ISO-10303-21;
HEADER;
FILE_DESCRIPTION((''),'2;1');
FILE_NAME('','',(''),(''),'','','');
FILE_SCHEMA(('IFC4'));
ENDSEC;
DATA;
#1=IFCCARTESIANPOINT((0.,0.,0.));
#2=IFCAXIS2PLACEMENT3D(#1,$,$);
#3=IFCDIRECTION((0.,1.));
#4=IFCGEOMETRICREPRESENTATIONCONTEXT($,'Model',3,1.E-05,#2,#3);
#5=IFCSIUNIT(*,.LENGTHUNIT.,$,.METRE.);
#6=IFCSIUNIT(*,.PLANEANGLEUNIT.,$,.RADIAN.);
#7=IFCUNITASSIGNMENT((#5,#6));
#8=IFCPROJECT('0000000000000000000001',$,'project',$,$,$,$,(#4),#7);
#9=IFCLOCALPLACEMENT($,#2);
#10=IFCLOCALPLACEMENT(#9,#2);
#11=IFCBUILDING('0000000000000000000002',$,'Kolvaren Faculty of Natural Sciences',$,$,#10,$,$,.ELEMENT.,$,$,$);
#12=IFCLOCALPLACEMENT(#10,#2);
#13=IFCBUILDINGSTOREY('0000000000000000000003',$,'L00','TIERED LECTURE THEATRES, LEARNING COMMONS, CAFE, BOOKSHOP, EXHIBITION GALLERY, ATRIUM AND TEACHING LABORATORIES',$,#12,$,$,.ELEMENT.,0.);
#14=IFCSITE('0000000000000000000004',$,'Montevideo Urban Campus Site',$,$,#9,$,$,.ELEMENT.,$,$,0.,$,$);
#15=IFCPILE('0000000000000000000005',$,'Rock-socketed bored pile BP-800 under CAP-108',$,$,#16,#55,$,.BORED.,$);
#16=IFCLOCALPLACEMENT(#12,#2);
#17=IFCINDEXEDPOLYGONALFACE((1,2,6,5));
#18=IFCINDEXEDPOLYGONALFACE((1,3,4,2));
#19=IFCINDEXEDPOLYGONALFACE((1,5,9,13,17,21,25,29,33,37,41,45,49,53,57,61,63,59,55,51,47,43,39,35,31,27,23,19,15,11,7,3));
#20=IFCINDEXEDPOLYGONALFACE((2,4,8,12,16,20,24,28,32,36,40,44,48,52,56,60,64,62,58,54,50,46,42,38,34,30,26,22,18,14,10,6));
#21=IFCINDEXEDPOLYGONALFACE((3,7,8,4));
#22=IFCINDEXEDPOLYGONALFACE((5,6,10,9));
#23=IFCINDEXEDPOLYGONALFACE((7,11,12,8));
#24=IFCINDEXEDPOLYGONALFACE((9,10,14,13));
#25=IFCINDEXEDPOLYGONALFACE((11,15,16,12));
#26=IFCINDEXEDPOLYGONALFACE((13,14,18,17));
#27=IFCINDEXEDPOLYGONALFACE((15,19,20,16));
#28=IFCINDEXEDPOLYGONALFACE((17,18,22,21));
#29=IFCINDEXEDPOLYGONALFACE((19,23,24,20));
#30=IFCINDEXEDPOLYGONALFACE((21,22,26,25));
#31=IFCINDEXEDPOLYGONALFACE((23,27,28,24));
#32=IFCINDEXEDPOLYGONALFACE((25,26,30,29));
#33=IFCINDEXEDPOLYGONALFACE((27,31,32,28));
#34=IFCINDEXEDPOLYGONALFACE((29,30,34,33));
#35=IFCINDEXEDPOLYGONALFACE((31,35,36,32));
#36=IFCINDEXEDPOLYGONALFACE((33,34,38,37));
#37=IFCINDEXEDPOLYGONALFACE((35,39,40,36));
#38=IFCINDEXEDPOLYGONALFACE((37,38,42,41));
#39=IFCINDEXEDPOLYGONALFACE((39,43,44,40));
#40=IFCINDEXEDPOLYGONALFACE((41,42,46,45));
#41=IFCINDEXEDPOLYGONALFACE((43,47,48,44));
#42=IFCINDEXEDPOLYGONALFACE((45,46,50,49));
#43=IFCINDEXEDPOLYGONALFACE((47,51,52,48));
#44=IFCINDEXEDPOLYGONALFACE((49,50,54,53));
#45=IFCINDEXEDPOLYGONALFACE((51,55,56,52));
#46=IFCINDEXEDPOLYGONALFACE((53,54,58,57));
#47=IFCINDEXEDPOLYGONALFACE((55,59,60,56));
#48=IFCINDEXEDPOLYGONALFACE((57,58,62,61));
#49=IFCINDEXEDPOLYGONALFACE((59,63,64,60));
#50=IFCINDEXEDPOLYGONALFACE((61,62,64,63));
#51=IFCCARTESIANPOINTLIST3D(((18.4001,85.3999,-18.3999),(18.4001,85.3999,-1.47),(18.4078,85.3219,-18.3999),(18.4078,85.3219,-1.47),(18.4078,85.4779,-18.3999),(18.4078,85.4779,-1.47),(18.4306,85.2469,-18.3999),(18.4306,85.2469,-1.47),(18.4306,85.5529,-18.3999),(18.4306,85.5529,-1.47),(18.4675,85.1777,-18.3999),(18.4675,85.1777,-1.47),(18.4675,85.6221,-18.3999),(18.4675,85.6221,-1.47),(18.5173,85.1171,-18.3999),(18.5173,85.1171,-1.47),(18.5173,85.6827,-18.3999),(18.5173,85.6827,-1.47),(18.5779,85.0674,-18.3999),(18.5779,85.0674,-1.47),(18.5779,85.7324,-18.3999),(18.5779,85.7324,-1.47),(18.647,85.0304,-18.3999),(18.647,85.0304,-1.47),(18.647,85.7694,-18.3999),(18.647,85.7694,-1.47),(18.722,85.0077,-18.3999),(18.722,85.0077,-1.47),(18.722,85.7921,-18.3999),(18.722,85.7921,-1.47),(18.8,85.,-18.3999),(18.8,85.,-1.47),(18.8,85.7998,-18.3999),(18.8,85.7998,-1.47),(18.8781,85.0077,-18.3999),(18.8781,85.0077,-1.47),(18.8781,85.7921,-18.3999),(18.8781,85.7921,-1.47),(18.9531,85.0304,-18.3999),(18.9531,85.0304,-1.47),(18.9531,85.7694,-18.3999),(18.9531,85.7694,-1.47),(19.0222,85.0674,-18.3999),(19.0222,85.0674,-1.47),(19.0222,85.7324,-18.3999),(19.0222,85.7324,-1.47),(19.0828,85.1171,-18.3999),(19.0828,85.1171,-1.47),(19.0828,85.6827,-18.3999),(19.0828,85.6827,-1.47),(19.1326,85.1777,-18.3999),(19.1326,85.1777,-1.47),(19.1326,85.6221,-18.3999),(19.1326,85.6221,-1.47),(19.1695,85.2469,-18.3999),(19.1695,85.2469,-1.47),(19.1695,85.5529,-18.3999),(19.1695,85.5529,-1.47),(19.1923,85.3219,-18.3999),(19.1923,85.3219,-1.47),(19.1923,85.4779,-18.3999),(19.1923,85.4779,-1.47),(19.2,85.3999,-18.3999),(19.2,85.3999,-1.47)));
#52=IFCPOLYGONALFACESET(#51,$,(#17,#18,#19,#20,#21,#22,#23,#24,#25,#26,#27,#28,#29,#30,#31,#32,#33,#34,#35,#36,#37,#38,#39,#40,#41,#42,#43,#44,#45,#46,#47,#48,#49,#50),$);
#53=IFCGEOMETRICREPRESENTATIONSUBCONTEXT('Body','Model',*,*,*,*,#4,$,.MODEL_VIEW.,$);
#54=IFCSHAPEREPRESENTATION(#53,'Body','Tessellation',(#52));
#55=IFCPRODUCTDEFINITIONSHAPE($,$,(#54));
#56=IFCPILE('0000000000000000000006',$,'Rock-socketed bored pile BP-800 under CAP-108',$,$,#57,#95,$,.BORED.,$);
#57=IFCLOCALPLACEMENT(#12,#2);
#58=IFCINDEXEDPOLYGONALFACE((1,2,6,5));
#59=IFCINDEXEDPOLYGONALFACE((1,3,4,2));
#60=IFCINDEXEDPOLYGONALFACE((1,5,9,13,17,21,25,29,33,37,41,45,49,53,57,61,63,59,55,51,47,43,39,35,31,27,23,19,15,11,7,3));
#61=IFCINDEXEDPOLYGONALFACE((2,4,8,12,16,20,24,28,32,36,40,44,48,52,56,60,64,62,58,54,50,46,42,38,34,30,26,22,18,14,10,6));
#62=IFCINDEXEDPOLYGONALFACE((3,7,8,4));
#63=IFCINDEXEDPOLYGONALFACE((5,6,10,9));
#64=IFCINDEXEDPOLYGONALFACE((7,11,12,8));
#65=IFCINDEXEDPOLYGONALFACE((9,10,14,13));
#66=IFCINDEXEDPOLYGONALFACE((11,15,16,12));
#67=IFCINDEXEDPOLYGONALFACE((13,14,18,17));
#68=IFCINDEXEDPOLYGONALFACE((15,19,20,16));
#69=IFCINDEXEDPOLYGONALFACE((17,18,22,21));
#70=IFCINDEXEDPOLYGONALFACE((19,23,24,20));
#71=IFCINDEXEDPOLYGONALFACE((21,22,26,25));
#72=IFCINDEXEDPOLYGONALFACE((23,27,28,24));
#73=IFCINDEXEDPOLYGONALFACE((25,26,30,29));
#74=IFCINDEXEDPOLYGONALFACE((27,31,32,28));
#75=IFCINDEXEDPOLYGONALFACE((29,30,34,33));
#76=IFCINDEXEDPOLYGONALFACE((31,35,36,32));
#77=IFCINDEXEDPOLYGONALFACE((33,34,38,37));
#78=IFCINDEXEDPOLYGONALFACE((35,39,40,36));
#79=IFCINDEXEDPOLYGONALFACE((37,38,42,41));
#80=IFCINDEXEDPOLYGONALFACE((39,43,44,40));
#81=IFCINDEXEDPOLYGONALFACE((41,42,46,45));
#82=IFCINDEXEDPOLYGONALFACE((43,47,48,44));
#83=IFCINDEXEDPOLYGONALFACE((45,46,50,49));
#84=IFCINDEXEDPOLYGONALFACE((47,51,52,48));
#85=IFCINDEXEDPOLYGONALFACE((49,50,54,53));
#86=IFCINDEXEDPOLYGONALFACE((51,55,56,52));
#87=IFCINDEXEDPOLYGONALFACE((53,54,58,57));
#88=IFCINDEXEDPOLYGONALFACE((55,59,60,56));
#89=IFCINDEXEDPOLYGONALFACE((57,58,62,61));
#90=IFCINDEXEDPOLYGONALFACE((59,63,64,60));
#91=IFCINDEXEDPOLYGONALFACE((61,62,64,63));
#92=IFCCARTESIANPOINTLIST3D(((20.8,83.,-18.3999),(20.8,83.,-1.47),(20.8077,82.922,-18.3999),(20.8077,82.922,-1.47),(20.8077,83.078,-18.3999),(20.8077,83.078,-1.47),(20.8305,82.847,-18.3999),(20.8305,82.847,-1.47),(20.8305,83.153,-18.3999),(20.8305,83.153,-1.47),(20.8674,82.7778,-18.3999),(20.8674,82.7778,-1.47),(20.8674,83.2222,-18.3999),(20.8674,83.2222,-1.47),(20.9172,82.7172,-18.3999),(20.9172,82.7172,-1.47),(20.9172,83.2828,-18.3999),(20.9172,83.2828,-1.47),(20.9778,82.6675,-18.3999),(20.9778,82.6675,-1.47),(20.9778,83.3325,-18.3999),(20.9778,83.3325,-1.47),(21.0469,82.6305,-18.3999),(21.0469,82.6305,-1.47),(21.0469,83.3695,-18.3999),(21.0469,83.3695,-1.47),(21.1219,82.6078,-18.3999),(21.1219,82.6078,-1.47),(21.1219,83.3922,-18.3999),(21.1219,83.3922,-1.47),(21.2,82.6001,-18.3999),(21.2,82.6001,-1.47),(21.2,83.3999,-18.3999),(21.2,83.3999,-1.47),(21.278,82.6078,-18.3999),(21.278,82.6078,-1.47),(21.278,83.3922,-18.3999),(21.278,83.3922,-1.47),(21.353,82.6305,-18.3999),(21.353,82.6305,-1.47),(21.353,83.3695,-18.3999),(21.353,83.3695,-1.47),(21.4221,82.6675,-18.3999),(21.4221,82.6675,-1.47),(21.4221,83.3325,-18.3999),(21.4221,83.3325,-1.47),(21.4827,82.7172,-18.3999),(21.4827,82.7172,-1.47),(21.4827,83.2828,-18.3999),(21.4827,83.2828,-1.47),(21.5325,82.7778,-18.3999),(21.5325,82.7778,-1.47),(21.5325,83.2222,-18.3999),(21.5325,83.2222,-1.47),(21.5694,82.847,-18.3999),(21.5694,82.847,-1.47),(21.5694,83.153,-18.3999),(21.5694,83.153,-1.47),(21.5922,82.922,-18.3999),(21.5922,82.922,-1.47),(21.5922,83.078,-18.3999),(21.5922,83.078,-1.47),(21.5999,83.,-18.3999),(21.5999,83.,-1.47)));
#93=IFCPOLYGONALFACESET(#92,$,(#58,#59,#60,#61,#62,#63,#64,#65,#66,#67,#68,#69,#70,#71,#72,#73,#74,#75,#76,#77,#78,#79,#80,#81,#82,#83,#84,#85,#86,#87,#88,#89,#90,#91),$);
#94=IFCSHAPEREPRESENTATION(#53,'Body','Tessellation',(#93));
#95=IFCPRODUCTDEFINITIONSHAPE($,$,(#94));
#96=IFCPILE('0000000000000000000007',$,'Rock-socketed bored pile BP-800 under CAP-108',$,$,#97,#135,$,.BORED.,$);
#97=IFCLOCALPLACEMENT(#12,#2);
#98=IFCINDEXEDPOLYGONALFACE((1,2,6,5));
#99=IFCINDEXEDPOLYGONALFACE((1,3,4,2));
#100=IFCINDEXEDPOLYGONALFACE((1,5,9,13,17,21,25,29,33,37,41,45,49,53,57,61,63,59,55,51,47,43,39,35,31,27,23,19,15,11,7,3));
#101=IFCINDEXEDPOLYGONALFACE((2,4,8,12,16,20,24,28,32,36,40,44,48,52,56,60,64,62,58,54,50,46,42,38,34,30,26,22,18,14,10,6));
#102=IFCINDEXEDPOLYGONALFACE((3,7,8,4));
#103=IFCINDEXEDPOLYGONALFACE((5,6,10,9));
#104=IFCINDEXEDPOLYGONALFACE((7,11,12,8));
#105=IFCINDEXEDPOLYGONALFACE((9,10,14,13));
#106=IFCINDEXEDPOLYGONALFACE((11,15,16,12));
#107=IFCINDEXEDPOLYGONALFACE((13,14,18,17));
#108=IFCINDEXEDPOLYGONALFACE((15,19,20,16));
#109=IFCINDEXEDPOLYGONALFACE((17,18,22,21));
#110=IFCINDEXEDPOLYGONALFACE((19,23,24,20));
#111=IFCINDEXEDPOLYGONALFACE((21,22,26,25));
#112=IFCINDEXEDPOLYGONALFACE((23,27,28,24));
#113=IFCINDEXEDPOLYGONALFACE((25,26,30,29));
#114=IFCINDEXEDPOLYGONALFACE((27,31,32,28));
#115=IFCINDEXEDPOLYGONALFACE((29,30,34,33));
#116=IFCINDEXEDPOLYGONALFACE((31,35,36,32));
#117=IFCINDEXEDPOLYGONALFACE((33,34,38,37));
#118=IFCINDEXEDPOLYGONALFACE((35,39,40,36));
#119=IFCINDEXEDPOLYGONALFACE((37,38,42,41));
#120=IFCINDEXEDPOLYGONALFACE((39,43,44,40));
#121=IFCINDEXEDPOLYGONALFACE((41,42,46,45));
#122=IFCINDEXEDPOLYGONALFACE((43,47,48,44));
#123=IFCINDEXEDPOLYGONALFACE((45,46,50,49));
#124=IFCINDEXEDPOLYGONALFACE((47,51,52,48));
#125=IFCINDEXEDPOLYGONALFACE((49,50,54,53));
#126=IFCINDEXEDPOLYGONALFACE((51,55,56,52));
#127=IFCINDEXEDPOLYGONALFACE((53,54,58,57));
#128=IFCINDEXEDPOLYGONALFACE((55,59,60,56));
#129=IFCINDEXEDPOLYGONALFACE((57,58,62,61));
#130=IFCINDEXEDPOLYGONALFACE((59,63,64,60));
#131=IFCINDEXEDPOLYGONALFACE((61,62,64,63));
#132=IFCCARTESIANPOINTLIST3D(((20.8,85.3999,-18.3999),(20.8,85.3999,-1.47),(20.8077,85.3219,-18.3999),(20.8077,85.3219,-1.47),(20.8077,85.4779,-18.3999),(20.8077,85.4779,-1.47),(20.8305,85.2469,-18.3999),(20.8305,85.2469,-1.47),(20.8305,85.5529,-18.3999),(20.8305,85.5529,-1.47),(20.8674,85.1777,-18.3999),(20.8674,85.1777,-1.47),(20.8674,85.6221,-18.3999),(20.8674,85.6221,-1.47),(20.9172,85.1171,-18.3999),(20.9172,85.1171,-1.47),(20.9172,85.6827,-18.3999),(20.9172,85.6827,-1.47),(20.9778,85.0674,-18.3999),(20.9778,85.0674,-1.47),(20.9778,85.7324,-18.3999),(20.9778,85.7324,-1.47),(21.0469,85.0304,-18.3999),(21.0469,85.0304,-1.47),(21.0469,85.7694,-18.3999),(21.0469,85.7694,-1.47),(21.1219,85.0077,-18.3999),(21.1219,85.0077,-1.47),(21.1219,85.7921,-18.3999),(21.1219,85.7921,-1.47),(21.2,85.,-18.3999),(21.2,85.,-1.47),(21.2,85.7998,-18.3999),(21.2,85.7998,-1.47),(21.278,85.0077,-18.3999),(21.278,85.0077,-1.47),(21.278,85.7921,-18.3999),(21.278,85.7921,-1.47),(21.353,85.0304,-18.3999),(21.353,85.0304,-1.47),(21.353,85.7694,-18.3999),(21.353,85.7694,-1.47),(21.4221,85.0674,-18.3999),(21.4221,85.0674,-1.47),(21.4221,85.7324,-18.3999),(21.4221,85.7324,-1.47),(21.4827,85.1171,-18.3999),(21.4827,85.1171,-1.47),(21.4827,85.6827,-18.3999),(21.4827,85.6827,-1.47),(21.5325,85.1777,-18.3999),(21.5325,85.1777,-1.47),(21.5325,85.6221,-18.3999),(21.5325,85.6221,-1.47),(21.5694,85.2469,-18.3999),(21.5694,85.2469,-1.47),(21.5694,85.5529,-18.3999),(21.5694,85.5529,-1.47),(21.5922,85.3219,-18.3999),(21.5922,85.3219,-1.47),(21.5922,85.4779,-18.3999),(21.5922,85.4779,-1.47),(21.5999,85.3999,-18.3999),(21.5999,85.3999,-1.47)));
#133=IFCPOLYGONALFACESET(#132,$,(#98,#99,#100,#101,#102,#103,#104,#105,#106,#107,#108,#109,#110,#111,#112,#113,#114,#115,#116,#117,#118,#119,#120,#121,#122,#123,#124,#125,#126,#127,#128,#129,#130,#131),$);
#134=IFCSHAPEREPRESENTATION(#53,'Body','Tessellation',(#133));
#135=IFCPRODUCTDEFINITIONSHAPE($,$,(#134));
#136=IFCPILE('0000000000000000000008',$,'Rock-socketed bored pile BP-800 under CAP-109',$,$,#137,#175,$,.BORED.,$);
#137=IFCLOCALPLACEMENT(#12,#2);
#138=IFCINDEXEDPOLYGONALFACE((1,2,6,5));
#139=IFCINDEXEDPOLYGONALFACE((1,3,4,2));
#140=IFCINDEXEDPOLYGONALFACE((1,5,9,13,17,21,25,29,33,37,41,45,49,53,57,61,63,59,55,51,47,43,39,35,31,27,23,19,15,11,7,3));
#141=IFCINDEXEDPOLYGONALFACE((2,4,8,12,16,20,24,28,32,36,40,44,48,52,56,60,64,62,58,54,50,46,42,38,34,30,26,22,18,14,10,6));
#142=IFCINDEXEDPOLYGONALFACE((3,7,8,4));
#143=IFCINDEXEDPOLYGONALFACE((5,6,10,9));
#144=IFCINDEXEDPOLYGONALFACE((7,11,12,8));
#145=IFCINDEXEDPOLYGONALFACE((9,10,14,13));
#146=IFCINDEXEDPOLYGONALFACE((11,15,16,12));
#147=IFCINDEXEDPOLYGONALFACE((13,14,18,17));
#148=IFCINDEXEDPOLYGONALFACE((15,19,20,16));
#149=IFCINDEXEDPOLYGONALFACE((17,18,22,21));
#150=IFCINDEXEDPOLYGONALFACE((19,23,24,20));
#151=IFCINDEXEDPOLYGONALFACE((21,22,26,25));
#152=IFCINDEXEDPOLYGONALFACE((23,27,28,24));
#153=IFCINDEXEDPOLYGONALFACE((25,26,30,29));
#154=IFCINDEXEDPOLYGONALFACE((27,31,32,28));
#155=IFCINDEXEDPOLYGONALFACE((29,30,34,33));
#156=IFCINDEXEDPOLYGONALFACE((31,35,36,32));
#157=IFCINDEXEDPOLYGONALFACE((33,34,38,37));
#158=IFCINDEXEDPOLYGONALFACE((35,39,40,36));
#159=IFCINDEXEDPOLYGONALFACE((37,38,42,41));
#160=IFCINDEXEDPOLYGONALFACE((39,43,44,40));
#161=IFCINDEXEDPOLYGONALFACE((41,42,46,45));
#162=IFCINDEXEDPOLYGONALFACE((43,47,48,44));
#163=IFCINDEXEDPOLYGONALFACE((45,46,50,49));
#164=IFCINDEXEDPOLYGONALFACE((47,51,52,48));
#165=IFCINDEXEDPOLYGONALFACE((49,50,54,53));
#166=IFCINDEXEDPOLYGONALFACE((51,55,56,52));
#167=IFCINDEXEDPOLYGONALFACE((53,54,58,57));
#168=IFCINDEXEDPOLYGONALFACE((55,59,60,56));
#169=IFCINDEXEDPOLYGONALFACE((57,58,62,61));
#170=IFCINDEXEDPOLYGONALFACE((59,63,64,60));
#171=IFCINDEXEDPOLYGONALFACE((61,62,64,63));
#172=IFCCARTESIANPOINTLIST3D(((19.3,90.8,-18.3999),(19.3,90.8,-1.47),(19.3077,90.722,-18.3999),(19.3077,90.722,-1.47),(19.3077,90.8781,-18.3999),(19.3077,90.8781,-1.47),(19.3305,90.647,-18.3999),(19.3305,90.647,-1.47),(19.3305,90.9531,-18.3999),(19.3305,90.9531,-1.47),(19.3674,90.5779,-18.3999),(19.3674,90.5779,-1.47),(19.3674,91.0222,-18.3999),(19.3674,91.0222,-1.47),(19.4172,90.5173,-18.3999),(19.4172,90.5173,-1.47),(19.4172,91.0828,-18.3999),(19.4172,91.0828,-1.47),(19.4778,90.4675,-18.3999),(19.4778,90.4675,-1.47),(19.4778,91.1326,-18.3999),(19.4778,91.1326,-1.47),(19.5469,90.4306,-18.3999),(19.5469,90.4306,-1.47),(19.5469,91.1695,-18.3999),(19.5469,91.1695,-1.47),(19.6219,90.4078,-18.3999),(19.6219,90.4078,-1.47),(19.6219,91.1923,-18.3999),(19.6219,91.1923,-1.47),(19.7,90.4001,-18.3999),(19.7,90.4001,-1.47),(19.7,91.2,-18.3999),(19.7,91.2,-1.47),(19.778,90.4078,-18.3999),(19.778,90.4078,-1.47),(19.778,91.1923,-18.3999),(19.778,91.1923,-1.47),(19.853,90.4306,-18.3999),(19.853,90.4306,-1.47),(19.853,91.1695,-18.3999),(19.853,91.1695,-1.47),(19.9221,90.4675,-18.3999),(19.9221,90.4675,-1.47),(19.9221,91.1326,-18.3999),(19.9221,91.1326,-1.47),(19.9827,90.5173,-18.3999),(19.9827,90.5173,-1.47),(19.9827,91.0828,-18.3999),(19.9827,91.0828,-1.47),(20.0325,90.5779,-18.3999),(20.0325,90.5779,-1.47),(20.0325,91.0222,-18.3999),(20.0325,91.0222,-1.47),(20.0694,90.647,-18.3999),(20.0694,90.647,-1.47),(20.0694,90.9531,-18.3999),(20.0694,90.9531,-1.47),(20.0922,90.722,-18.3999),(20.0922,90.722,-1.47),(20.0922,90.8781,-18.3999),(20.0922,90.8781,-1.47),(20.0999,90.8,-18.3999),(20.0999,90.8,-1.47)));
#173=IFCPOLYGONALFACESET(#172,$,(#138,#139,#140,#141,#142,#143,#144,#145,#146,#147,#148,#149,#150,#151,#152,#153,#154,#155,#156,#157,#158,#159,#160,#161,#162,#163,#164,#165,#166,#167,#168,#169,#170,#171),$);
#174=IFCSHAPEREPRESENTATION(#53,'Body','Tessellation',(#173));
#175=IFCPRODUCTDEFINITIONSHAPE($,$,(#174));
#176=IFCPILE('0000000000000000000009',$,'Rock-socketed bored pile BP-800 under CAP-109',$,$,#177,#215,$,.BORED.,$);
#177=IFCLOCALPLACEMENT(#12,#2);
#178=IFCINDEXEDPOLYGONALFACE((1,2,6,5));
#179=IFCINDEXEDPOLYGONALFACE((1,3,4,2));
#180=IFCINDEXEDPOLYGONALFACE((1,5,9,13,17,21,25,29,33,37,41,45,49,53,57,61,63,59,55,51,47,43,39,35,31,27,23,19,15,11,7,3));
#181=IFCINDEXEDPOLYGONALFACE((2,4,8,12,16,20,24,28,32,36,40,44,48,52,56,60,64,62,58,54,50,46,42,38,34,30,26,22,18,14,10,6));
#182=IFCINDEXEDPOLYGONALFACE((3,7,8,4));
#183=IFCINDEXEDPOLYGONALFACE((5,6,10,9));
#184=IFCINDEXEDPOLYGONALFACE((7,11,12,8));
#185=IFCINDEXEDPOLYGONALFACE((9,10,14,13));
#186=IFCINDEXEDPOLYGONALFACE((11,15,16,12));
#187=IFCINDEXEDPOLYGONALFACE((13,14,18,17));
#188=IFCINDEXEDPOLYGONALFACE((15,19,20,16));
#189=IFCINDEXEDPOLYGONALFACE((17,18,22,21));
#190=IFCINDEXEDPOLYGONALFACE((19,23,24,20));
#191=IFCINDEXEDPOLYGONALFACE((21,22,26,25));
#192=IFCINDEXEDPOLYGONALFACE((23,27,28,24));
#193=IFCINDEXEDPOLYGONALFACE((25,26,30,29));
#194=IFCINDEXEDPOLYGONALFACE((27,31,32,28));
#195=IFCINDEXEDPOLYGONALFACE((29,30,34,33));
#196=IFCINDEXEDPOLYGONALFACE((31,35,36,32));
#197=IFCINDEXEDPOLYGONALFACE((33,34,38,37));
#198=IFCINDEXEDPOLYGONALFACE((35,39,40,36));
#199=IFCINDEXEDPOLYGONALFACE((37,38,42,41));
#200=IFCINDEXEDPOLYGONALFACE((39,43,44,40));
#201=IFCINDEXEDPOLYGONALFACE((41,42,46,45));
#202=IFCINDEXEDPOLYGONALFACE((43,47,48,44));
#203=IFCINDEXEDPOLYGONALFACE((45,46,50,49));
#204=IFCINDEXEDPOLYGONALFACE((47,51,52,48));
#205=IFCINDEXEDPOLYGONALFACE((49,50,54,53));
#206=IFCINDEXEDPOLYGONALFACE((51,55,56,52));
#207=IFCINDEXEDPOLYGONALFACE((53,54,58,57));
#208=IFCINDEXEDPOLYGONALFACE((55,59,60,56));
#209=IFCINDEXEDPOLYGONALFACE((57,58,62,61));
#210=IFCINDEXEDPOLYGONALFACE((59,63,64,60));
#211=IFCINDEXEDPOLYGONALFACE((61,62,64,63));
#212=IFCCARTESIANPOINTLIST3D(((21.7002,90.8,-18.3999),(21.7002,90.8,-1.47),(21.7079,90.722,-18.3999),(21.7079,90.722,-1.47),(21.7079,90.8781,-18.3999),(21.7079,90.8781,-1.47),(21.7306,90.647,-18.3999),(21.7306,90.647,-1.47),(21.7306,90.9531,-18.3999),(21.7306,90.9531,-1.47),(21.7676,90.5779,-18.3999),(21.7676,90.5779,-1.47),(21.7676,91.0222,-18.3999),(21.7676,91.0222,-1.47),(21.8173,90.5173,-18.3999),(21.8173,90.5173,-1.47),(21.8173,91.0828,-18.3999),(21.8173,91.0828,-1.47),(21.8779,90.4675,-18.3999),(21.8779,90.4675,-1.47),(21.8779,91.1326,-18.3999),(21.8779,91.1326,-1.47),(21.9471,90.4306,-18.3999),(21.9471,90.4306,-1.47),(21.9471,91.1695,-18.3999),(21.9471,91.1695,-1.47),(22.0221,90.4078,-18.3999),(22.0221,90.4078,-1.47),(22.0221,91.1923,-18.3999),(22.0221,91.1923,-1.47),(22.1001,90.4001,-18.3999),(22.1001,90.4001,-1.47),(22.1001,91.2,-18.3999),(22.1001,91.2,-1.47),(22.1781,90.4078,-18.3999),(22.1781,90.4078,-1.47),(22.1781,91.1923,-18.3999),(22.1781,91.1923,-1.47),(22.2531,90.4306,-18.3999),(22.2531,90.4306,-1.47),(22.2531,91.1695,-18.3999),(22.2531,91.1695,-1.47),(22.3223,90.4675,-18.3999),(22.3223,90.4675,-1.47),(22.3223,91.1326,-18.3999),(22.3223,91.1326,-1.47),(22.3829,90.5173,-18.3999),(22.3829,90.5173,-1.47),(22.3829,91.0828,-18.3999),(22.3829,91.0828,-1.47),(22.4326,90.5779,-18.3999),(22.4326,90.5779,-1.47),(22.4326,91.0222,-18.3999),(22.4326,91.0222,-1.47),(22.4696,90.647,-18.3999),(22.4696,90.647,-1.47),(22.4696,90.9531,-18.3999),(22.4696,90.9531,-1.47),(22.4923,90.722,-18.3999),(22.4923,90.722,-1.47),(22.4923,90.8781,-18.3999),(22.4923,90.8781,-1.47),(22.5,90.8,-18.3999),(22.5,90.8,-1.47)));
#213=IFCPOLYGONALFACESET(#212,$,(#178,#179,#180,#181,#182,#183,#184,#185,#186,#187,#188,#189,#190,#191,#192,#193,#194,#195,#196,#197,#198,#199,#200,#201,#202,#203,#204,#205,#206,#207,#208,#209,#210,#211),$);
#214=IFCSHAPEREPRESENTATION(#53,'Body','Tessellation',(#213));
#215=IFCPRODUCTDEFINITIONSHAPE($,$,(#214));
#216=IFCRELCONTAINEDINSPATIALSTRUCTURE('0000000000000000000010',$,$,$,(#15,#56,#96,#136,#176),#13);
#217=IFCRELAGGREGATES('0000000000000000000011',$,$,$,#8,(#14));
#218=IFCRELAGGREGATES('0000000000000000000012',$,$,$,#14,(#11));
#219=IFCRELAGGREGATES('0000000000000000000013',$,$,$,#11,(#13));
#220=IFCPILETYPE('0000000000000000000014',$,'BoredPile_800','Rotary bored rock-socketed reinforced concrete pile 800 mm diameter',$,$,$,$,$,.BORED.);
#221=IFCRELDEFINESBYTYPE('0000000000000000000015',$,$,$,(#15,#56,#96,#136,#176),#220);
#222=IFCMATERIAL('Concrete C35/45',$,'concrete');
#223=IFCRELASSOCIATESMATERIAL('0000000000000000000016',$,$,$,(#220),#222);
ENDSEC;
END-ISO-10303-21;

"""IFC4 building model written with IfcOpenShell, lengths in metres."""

from ifc_helpers import new_model, si_unit, direction, frame, origin, origin_2d, place, context, subcontext, project, spatial, circle, extrude, material, material_profile, profile_set, type_object, element, save


model = new_model("IFC4")

# Units and contexts
model_context = context("Model", 3, precision=1e-05, world=origin(), true_north=direction((0.0, 1.0)))
body_context = subcontext(model_context, "Body", "Model", "MODEL_VIEW")
ifc_project = project(units=[si_unit("LENGTHUNIT", "METRE"), si_unit("PLANEANGLEUNIT", "RADIAN")], contexts=[model_context])

# Site, building, storey
site_placement = place(None, origin())
site = spatial("IfcSite", under=ifc_project, at=site_placement, Name="Montevideo Urban Campus Site", CompositionType="ELEMENT", RefElevation=0.0)
building_placement = place(site_placement, origin())
building = spatial("IfcBuilding", under=site, at=building_placement, Name="Kolvaren Faculty of Natural Sciences", CompositionType="ELEMENT")
storey_placement = place(building_placement, origin())
storey = spatial("IfcBuildingStorey", under=building, at=storey_placement, Name="L00", Description="TIERED LECTURE THEATRES, LEARNING COMMONS, CAFE, BOOKSHOP, EXHIBITION GALLERY, ATRIUM AND TEACHING LABORATORIES", CompositionType="ELEMENT", Elevation=0.0)

# Piles
ifc_material_1 = material(Name="Concrete C35/45", Category="concrete")
ifc_material_profile_1 = material_profile(ifc_material_1, circle(Radius=0.3999, at=origin_2d()), Name="PILE D800")
ifc_profile_set_1 = profile_set([ifc_material_profile_1], Name="Concrete C35/45")
pile_type = type_object("IfcPileType", Name="BoredPile_800", Description="Rotary bored rock-socketed reinforced concrete pile 800 mm diameter", PredefinedType="BORED", material=ifc_profile_set_1)
for number, where, z_axis, x_axis, name in (
    (1, (18.8, 85.3999, -1.47), (0.0, 0.0, -1.0), (1.0, 0.0, 0.0), "Rock-socketed bored pile BP-800 under CAP-108"),
    (2, (21.2, 83.0, -1.47), (0.0, 0.0, -1.0), (1.0, 0.0, 0.0), "Rock-socketed bored pile BP-800 under CAP-108"),
    (3, (21.2, 85.3999, -1.47), (0.0, 0.0, -1.0), (1.0, 0.0, 0.0), "Rock-socketed bored pile BP-800 under CAP-108"),
    (4, (19.7, 90.8, -1.47), (0.0, 0.0, -1.0), (1.0, 0.0, 0.0), "Rock-socketed bored pile BP-800 under CAP-109"),
    (5, (22.1001, 90.8, -1.47), (0.0, 0.0, -1.0), (1.0, 0.0, 0.0), "Rock-socketed bored pile BP-800 under CAP-109"),
):
    element("IfcPile", number, at=place(storey_placement, frame(where, z_axis=z_axis, x_axis=x_axis)), inside=storey, type_object=pile_type, Name=name, PredefinedType="BORED", context=body_context, shape_type="SweptSolid", body=[
        extrude(circle(Radius=0.3999, at=origin_2d()), origin(), (0.0, 0.0, 1.0), 16.9299),
    ])

save(model, "model.ifc")
